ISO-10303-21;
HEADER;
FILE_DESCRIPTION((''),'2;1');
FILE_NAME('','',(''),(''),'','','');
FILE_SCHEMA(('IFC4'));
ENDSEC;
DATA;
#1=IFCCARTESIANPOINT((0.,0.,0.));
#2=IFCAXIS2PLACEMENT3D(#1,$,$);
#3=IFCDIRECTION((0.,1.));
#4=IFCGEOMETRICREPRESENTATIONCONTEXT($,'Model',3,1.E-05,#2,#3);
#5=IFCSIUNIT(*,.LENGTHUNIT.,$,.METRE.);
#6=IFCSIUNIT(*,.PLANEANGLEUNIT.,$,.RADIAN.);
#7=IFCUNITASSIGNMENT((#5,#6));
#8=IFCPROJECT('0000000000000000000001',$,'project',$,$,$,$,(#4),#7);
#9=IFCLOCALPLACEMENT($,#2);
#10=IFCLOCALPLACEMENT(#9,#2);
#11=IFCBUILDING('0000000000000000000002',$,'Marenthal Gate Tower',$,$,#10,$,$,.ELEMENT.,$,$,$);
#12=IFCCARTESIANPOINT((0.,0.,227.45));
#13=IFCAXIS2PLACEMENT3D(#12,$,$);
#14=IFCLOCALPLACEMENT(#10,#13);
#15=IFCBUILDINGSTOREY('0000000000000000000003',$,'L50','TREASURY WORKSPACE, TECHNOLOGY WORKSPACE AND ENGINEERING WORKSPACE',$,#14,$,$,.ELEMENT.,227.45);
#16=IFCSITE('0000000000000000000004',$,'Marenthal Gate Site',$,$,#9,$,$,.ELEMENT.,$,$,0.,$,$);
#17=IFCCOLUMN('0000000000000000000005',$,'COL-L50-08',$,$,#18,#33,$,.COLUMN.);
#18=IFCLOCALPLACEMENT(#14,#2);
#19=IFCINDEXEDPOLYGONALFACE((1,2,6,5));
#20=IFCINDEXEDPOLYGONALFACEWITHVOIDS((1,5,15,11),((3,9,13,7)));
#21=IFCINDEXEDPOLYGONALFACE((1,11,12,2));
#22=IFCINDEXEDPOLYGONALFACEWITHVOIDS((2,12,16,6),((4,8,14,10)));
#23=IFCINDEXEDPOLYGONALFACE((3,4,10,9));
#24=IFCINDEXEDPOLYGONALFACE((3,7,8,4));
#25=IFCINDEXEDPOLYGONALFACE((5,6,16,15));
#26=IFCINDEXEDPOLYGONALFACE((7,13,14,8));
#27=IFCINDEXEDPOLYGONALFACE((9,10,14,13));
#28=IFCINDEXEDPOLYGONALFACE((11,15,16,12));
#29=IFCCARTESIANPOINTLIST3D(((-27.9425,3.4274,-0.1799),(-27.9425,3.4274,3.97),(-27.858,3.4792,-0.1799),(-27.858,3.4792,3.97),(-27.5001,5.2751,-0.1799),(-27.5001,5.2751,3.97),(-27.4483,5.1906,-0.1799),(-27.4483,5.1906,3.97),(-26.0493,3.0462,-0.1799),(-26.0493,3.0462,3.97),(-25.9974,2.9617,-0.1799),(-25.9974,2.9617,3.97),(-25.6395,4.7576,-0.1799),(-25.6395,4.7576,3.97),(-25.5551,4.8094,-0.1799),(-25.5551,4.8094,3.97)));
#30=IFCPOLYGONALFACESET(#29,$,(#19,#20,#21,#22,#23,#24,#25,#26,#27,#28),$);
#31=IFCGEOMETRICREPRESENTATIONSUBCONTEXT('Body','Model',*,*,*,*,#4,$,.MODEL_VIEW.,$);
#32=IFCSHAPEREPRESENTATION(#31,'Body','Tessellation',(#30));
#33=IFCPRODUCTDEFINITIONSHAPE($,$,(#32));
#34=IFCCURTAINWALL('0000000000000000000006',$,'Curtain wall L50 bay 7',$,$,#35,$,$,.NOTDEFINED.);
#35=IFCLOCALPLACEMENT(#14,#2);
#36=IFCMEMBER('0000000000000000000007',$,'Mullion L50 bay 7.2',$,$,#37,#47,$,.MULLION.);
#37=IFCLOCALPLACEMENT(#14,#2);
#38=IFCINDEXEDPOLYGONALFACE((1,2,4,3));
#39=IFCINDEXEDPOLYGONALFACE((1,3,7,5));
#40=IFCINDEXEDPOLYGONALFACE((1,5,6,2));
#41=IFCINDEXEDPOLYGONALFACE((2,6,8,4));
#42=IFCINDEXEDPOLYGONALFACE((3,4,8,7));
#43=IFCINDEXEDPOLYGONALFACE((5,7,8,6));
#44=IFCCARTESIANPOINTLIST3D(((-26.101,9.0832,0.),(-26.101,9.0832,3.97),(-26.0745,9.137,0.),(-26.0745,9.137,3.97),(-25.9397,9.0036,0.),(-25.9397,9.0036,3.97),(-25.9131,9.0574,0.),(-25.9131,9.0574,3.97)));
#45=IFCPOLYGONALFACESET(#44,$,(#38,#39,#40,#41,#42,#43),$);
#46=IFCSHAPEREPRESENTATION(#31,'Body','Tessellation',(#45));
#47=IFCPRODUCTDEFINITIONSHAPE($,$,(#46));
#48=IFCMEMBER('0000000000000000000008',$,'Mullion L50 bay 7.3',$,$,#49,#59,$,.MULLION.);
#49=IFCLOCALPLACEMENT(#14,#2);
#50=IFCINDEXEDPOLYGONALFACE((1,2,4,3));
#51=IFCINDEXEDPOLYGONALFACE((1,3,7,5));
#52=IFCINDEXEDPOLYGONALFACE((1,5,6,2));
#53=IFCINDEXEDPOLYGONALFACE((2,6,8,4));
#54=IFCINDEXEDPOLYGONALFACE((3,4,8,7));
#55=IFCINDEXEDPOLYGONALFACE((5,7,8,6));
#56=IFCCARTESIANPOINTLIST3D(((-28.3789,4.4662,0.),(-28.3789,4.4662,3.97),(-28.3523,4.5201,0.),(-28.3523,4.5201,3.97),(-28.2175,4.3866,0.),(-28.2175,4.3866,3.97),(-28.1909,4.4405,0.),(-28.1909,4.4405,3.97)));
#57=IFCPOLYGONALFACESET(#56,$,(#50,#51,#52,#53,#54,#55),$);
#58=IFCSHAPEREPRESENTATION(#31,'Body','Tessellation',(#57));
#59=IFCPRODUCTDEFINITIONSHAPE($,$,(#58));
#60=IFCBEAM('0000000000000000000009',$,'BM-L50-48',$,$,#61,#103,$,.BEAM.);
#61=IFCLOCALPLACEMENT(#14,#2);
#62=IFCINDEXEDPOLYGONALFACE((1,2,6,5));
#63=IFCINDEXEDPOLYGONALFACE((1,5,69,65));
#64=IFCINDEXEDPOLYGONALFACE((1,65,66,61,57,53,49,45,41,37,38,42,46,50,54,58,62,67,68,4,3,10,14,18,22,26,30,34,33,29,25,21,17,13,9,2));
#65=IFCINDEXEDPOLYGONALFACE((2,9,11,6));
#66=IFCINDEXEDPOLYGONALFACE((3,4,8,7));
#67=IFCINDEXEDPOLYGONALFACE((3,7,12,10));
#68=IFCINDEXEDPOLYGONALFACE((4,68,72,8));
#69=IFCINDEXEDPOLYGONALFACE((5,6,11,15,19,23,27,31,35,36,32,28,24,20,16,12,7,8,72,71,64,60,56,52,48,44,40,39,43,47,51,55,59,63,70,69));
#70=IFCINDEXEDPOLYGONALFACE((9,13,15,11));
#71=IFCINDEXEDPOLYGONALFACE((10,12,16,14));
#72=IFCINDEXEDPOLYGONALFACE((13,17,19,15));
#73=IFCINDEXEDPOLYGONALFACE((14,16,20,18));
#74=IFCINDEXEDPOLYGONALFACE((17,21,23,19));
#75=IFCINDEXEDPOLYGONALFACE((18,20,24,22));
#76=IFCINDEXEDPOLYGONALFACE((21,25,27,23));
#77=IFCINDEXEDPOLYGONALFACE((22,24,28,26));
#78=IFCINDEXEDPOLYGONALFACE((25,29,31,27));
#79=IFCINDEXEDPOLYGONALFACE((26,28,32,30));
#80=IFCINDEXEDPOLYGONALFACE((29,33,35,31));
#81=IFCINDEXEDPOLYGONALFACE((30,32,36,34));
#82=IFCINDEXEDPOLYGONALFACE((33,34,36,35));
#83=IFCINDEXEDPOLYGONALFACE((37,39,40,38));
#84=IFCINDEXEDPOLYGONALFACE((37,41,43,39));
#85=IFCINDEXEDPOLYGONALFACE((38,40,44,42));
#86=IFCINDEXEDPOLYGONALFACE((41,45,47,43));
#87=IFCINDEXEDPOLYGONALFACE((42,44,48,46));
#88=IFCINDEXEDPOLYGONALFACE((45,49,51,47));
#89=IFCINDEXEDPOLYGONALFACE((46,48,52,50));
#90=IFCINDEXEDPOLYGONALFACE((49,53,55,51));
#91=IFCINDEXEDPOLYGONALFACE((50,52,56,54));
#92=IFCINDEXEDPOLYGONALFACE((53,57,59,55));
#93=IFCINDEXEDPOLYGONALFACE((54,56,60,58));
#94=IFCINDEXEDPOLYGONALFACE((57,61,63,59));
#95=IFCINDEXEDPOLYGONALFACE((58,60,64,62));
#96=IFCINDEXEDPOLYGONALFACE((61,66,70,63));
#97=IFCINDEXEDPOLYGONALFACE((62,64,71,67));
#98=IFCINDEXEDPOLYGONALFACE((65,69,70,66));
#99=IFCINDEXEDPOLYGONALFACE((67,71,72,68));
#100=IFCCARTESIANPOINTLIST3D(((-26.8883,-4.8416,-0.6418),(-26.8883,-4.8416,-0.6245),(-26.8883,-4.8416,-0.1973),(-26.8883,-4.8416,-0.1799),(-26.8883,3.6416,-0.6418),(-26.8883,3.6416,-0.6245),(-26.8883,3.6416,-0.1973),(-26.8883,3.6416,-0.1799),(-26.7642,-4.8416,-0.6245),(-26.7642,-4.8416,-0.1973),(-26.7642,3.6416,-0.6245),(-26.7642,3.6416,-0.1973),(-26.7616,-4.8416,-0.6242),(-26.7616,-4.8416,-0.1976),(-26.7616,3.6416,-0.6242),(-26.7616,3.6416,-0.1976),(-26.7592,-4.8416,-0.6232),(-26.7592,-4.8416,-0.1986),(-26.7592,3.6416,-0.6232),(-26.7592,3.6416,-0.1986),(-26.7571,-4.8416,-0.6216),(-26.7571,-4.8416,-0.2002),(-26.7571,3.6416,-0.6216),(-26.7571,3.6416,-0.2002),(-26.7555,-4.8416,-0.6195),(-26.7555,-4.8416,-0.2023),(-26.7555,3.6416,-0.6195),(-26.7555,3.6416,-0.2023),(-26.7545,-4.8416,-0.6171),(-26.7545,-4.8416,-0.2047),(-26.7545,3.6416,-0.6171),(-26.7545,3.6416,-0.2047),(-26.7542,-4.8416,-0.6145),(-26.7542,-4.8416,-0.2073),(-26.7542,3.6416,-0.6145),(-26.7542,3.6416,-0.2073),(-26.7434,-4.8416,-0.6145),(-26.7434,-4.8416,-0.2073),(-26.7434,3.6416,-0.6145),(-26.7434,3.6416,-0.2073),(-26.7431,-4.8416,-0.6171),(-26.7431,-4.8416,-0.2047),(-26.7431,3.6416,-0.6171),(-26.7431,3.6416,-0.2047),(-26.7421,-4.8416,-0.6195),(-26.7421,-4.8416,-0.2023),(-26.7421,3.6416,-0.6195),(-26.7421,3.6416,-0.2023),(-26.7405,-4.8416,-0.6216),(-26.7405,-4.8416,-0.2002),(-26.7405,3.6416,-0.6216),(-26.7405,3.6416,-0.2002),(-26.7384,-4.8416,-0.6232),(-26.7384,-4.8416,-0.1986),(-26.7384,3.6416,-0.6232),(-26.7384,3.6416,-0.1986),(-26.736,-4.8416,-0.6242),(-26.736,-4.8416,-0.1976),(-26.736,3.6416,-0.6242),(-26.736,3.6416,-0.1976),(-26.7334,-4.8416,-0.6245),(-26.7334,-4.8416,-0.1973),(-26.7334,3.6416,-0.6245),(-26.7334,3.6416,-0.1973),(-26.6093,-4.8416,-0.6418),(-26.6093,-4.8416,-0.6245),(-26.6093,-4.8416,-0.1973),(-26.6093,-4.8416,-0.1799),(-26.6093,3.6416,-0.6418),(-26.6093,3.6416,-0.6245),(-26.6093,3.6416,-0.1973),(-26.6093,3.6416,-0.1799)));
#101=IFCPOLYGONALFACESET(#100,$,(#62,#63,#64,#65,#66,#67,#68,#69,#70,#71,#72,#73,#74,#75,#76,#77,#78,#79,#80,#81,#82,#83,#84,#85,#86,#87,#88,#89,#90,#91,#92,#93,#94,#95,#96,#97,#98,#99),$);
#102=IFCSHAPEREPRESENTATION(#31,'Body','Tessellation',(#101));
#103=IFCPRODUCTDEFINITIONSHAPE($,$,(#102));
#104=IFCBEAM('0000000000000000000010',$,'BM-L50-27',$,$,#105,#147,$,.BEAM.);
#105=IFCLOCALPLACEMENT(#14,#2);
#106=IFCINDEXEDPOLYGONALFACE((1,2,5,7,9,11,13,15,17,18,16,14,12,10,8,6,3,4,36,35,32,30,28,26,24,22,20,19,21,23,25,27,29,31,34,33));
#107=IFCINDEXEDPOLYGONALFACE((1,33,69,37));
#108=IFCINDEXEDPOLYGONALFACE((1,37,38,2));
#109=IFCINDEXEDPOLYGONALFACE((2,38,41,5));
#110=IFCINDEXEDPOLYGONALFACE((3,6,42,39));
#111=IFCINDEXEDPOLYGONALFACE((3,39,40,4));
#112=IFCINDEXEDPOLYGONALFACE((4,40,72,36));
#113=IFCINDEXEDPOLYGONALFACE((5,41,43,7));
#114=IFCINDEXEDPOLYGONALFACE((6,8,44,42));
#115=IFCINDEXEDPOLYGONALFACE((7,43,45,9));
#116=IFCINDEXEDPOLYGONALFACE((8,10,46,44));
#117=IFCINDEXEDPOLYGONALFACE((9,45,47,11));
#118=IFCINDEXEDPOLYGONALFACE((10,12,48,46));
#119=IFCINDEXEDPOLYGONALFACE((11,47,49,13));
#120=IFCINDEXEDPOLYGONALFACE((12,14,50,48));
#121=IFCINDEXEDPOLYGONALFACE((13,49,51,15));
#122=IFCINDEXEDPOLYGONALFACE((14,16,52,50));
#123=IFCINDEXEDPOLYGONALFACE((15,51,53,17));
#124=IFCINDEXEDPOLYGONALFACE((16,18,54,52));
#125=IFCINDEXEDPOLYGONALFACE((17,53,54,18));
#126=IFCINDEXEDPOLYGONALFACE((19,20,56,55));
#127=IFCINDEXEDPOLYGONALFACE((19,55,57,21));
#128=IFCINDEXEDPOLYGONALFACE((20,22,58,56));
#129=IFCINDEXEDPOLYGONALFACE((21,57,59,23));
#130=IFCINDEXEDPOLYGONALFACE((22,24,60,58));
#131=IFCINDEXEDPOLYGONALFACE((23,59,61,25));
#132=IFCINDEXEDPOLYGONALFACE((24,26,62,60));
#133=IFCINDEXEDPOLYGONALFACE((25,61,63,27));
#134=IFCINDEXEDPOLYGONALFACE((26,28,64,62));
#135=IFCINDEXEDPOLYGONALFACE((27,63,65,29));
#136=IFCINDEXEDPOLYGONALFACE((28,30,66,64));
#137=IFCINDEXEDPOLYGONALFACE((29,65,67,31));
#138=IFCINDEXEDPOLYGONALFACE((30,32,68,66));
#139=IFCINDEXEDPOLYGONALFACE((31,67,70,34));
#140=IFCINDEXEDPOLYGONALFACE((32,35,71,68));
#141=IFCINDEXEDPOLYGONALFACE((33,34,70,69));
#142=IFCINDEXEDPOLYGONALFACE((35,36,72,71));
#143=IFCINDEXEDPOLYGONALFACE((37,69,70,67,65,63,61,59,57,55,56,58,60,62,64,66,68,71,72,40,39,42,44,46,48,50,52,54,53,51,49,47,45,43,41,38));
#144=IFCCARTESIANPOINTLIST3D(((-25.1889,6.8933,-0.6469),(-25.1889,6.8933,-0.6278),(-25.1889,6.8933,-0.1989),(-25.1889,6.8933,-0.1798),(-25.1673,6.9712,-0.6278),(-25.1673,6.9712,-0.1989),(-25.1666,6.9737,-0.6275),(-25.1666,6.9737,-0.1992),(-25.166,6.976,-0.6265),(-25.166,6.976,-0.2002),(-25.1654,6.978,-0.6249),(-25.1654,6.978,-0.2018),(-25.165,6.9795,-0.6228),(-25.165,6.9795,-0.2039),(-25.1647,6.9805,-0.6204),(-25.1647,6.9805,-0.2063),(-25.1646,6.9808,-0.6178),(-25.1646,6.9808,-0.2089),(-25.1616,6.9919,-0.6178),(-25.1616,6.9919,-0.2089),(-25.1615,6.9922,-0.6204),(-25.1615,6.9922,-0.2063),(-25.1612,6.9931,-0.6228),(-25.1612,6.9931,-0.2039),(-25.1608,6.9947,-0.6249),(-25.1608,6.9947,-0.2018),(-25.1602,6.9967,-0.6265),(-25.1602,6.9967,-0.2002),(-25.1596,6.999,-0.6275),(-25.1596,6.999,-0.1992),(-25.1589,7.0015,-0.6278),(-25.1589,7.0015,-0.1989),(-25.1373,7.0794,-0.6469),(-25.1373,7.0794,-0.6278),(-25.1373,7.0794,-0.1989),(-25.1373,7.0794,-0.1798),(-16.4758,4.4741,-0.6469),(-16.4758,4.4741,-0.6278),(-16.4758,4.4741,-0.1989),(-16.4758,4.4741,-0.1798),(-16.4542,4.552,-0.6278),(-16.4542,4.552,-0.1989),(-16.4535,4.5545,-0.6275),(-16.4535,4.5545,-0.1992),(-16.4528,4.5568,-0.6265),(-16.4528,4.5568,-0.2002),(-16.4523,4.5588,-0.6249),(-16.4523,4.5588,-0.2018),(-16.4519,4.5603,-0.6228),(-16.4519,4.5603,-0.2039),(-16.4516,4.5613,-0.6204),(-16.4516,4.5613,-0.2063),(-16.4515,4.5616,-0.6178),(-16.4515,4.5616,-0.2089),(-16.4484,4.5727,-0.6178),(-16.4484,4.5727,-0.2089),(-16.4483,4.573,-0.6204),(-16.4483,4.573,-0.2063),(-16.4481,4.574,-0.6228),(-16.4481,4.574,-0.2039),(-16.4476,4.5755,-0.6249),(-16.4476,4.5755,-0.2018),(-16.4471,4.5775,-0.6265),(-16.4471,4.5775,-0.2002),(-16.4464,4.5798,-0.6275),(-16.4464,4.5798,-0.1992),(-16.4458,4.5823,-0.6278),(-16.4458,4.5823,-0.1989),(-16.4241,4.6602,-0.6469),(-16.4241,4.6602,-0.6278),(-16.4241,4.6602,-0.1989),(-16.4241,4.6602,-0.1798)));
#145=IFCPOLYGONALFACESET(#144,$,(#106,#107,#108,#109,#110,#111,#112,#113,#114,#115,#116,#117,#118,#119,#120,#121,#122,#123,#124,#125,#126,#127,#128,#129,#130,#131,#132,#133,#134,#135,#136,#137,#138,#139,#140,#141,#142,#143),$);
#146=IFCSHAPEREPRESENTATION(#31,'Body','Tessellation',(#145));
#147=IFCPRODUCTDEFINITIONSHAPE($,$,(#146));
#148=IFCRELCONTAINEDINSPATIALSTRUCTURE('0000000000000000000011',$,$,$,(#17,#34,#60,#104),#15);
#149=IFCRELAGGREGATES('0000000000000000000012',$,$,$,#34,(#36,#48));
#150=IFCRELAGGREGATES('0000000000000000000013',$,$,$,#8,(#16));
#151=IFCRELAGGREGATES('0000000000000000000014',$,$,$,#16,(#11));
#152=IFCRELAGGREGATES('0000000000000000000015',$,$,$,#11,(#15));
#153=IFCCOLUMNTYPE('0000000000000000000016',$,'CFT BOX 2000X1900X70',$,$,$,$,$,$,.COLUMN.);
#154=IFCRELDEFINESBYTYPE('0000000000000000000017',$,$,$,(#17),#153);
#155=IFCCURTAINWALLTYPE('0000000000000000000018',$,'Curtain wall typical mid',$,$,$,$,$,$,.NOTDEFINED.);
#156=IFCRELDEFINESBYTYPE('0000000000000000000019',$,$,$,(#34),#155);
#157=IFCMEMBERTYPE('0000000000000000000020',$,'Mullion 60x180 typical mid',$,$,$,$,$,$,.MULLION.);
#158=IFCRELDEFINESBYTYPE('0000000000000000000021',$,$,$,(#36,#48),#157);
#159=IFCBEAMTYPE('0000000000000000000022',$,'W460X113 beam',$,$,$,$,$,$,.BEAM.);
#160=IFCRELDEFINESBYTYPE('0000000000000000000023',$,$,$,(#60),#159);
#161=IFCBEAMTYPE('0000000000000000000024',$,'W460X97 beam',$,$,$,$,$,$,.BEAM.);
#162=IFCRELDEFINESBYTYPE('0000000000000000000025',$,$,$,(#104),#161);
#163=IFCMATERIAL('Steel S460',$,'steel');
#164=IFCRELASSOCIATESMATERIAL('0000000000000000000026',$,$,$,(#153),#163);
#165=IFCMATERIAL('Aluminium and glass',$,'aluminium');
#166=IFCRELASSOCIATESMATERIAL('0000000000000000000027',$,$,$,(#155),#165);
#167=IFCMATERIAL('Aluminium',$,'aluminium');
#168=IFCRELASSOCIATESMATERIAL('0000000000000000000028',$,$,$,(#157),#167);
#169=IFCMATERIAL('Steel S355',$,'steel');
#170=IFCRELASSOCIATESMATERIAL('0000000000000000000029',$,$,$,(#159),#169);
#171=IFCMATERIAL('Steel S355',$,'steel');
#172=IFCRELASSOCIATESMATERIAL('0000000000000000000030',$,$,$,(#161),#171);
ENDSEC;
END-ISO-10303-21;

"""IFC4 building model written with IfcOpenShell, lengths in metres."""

from ifc_helpers import new_model, si_unit, direction, frame, origin, origin_2d, place, context, subcontext, project, spatial, rectangle, hollow_rectangle, i_section, extrude, material, material_profile, profile_set, type_object, element, aggregate, save


model = new_model("IFC4")

# Units and contexts
model_context = context("Model", 3, precision=1e-05, world=origin(), true_north=direction((0.0, 1.0)))
body_context = subcontext(model_context, "Body", "Model", "MODEL_VIEW")
ifc_project = project(units=[si_unit("LENGTHUNIT", "METRE"), si_unit("PLANEANGLEUNIT", "RADIAN")], contexts=[model_context])

# Site, building, storey
site_placement = place(None, origin())
site = spatial("IfcSite", under=ifc_project, at=site_placement, Name="Marenthal Gate Site", CompositionType="ELEMENT", RefElevation=0.0)
building_placement = place(site_placement, origin())
building = spatial("IfcBuilding", under=site, at=building_placement, Name="Marenthal Gate Tower", CompositionType="ELEMENT")
storey_placement = place(building_placement, frame((0.0, 0.0, 227.45)))
storey = spatial("IfcBuildingStorey", under=building, at=storey_placement, Name="L50", Description="TREASURY WORKSPACE, TECHNOLOGY WORKSPACE AND ENGINEERING WORKSPACE", CompositionType="ELEMENT", Elevation=227.45)

# Column
ifc_material_1 = material(Name="Steel S460", Category="steel")
ifc_material_profile_1 = material_profile(ifc_material_1, hollow_rectangle(XDim=1.8999, YDim=2.0, WallThickness=0.0701, at=origin_2d()), Name="CFT BOX 2000X1900X70")
ifc_material_2 = material(Name="Concrete 70 MPa", Category="concrete")
ifc_material_profile_2 = material_profile(ifc_material_2, rectangle(XDim=1.76, YDim=1.8601, at=origin_2d()), Name="CFT BOX 2000X1900X70 INFILL")
ifc_profile_set_1 = profile_set([ifc_material_profile_1, ifc_material_profile_2], Name="Steel S460 shell, Concrete 70 MPa infill")
column_type = type_object("IfcColumnType", Name="CFT BOX 2000X1900X70", PredefinedType="COLUMN", material=ifc_profile_set_1)
column_placement = place(storey_placement, frame((-26.7488, 4.1184, -0.1799), z_axis=(0.0, 0.0, 1.0), x_axis=(0.232822, 0.972519, 0.0)))
element("IfcColumn", 1, at=column_placement, inside=storey, type_object=column_type, Name="COL-L50-08", PredefinedType="COLUMN", context=body_context, shape_type="SweptSolid", body=[
    extrude(hollow_rectangle(XDim=1.8999, YDim=2.0, WallThickness=0.0701, at=origin_2d()), origin(), (0.0, 0.0, 1.0), 4.1499),
])

# Curtain wall, members
ifc_material_3 = material(Name="Aluminium and glass", Category="aluminium")
curtain_wall_type = type_object("IfcCurtainWallType", Name="Curtain wall typical mid", PredefinedType="NOTDEFINED", material=ifc_material_3)
curtain_wall_placement = place(storey_placement, origin())
curtain_wall = element("IfcCurtainWall", 2, at=curtain_wall_placement, inside=storey, type_object=curtain_wall_type, Name="Curtain wall L50 bay 7", PredefinedType="NOTDEFINED")
ifc_material_4 = material(Name="Aluminium", Category="aluminium")
ifc_material_profile_3 = material_profile(ifc_material_4, rectangle(XDim=0.1799, YDim=0.0601, at=origin_2d()), Name="60x180 aluminium mullion")
ifc_profile_set_2 = profile_set([ifc_material_profile_3], Name="Aluminium")
member_type = type_object("IfcMemberType", Name="Mullion 60x180 typical mid", PredefinedType="MULLION", material=ifc_profile_set_2)
member_1_placement = place(storey_placement, frame((-26.0071, 9.0703, 0.0), z_axis=(0.0, 0.0, 1.0), x_axis=(0.896798, -0.442441, 0.0)))
member_1 = element("IfcMember", 3, at=member_1_placement, type_object=member_type, Name="Mullion L50 bay 7.2", PredefinedType="MULLION", context=body_context, shape_type="SweptSolid", body=[
    extrude(rectangle(XDim=0.1799, YDim=0.0601, at=origin_2d()), origin(), (0.0, 0.0, 1.0), 3.97),
])
member_2_placement = place(storey_placement, frame((-28.2849, 4.4534, 0.0), z_axis=(0.0, 0.0, 1.0), x_axis=(0.896798, -0.442441, 0.0)))
member_2 = element("IfcMember", 4, at=member_2_placement, type_object=member_type, Name="Mullion L50 bay 7.3", PredefinedType="MULLION", context=body_context, shape_type="SweptSolid", body=[
    extrude(rectangle(XDim=0.1799, YDim=0.0601, at=origin_2d()), origin(), (0.0, 0.0, 1.0), 3.97),
])

# Beams
ifc_material_5 = material(Name="Steel S355", Category="steel")
ifc_material_profile_4 = material_profile(ifc_material_5, i_section(OverallWidth=0.2791, OverallDepth=0.4619, WebThickness=0.0107, FlangeThickness=0.0173, FilletRadius=0.01, at=origin_2d()), Name="W460X113")
ifc_profile_set_3 = profile_set([ifc_material_profile_4], Name="Steel S355")
beam_type_1 = type_object("IfcBeamType", Name="W460X113 beam", PredefinedType="BEAM", material=ifc_profile_set_3)
beam_1_placement = place(storey_placement, frame((-26.7488, 3.6416, -0.4109), z_axis=(0.0, -1.0, 0.0), x_axis=(1.0, 0.0, 0.0)))
element("IfcBeam", 5, at=beam_1_placement, inside=storey, type_object=beam_type_1, Name="BM-L50-48", PredefinedType="BEAM", context=body_context, shape_type="SweptSolid", body=[
    extrude(i_section(OverallWidth=0.2791, OverallDepth=0.4619, WebThickness=0.0107, FlangeThickness=0.0173, FilletRadius=0.01, at=origin_2d()), origin(), (0.0, 0.0, 1.0), 8.4832),
])
ifc_material_6 = material(Name="Steel S355", Category="steel")
ifc_material_profile_5 = material_profile(ifc_material_6, i_section(OverallWidth=0.1931, OverallDepth=0.467, WebThickness=0.0115, FlangeThickness=0.019, FilletRadius=0.01, at=origin_2d()), Name="W460X97")
ifc_profile_set_4 = profile_set([ifc_material_profile_5], Name="Steel S355")
beam_type_2 = type_object("IfcBeamType", Name="W460X97 beam", PredefinedType="BEAM", material=ifc_profile_set_4)
beam_2_placement = place(storey_placement, frame((-25.1631, 6.9863, -0.4133), z_axis=(0.96355, -0.267528, 0.0), x_axis=(0.267528, 0.96355, 0.0)))
element("IfcBeam", 6, at=beam_2_placement, inside=storey, type_object=beam_type_2, Name="BM-L50-27", PredefinedType="BEAM", context=body_context, shape_type="SweptSolid", body=[
    extrude(i_section(OverallWidth=0.1931, OverallDepth=0.467, WebThickness=0.0115, FlangeThickness=0.019, FilletRadius=0.01, at=origin_2d()), origin(), (0.0, 0.0, 1.0), 9.0427),
])

aggregate(curtain_wall, [member_1, member_2])

save(model, "model.ifc")
